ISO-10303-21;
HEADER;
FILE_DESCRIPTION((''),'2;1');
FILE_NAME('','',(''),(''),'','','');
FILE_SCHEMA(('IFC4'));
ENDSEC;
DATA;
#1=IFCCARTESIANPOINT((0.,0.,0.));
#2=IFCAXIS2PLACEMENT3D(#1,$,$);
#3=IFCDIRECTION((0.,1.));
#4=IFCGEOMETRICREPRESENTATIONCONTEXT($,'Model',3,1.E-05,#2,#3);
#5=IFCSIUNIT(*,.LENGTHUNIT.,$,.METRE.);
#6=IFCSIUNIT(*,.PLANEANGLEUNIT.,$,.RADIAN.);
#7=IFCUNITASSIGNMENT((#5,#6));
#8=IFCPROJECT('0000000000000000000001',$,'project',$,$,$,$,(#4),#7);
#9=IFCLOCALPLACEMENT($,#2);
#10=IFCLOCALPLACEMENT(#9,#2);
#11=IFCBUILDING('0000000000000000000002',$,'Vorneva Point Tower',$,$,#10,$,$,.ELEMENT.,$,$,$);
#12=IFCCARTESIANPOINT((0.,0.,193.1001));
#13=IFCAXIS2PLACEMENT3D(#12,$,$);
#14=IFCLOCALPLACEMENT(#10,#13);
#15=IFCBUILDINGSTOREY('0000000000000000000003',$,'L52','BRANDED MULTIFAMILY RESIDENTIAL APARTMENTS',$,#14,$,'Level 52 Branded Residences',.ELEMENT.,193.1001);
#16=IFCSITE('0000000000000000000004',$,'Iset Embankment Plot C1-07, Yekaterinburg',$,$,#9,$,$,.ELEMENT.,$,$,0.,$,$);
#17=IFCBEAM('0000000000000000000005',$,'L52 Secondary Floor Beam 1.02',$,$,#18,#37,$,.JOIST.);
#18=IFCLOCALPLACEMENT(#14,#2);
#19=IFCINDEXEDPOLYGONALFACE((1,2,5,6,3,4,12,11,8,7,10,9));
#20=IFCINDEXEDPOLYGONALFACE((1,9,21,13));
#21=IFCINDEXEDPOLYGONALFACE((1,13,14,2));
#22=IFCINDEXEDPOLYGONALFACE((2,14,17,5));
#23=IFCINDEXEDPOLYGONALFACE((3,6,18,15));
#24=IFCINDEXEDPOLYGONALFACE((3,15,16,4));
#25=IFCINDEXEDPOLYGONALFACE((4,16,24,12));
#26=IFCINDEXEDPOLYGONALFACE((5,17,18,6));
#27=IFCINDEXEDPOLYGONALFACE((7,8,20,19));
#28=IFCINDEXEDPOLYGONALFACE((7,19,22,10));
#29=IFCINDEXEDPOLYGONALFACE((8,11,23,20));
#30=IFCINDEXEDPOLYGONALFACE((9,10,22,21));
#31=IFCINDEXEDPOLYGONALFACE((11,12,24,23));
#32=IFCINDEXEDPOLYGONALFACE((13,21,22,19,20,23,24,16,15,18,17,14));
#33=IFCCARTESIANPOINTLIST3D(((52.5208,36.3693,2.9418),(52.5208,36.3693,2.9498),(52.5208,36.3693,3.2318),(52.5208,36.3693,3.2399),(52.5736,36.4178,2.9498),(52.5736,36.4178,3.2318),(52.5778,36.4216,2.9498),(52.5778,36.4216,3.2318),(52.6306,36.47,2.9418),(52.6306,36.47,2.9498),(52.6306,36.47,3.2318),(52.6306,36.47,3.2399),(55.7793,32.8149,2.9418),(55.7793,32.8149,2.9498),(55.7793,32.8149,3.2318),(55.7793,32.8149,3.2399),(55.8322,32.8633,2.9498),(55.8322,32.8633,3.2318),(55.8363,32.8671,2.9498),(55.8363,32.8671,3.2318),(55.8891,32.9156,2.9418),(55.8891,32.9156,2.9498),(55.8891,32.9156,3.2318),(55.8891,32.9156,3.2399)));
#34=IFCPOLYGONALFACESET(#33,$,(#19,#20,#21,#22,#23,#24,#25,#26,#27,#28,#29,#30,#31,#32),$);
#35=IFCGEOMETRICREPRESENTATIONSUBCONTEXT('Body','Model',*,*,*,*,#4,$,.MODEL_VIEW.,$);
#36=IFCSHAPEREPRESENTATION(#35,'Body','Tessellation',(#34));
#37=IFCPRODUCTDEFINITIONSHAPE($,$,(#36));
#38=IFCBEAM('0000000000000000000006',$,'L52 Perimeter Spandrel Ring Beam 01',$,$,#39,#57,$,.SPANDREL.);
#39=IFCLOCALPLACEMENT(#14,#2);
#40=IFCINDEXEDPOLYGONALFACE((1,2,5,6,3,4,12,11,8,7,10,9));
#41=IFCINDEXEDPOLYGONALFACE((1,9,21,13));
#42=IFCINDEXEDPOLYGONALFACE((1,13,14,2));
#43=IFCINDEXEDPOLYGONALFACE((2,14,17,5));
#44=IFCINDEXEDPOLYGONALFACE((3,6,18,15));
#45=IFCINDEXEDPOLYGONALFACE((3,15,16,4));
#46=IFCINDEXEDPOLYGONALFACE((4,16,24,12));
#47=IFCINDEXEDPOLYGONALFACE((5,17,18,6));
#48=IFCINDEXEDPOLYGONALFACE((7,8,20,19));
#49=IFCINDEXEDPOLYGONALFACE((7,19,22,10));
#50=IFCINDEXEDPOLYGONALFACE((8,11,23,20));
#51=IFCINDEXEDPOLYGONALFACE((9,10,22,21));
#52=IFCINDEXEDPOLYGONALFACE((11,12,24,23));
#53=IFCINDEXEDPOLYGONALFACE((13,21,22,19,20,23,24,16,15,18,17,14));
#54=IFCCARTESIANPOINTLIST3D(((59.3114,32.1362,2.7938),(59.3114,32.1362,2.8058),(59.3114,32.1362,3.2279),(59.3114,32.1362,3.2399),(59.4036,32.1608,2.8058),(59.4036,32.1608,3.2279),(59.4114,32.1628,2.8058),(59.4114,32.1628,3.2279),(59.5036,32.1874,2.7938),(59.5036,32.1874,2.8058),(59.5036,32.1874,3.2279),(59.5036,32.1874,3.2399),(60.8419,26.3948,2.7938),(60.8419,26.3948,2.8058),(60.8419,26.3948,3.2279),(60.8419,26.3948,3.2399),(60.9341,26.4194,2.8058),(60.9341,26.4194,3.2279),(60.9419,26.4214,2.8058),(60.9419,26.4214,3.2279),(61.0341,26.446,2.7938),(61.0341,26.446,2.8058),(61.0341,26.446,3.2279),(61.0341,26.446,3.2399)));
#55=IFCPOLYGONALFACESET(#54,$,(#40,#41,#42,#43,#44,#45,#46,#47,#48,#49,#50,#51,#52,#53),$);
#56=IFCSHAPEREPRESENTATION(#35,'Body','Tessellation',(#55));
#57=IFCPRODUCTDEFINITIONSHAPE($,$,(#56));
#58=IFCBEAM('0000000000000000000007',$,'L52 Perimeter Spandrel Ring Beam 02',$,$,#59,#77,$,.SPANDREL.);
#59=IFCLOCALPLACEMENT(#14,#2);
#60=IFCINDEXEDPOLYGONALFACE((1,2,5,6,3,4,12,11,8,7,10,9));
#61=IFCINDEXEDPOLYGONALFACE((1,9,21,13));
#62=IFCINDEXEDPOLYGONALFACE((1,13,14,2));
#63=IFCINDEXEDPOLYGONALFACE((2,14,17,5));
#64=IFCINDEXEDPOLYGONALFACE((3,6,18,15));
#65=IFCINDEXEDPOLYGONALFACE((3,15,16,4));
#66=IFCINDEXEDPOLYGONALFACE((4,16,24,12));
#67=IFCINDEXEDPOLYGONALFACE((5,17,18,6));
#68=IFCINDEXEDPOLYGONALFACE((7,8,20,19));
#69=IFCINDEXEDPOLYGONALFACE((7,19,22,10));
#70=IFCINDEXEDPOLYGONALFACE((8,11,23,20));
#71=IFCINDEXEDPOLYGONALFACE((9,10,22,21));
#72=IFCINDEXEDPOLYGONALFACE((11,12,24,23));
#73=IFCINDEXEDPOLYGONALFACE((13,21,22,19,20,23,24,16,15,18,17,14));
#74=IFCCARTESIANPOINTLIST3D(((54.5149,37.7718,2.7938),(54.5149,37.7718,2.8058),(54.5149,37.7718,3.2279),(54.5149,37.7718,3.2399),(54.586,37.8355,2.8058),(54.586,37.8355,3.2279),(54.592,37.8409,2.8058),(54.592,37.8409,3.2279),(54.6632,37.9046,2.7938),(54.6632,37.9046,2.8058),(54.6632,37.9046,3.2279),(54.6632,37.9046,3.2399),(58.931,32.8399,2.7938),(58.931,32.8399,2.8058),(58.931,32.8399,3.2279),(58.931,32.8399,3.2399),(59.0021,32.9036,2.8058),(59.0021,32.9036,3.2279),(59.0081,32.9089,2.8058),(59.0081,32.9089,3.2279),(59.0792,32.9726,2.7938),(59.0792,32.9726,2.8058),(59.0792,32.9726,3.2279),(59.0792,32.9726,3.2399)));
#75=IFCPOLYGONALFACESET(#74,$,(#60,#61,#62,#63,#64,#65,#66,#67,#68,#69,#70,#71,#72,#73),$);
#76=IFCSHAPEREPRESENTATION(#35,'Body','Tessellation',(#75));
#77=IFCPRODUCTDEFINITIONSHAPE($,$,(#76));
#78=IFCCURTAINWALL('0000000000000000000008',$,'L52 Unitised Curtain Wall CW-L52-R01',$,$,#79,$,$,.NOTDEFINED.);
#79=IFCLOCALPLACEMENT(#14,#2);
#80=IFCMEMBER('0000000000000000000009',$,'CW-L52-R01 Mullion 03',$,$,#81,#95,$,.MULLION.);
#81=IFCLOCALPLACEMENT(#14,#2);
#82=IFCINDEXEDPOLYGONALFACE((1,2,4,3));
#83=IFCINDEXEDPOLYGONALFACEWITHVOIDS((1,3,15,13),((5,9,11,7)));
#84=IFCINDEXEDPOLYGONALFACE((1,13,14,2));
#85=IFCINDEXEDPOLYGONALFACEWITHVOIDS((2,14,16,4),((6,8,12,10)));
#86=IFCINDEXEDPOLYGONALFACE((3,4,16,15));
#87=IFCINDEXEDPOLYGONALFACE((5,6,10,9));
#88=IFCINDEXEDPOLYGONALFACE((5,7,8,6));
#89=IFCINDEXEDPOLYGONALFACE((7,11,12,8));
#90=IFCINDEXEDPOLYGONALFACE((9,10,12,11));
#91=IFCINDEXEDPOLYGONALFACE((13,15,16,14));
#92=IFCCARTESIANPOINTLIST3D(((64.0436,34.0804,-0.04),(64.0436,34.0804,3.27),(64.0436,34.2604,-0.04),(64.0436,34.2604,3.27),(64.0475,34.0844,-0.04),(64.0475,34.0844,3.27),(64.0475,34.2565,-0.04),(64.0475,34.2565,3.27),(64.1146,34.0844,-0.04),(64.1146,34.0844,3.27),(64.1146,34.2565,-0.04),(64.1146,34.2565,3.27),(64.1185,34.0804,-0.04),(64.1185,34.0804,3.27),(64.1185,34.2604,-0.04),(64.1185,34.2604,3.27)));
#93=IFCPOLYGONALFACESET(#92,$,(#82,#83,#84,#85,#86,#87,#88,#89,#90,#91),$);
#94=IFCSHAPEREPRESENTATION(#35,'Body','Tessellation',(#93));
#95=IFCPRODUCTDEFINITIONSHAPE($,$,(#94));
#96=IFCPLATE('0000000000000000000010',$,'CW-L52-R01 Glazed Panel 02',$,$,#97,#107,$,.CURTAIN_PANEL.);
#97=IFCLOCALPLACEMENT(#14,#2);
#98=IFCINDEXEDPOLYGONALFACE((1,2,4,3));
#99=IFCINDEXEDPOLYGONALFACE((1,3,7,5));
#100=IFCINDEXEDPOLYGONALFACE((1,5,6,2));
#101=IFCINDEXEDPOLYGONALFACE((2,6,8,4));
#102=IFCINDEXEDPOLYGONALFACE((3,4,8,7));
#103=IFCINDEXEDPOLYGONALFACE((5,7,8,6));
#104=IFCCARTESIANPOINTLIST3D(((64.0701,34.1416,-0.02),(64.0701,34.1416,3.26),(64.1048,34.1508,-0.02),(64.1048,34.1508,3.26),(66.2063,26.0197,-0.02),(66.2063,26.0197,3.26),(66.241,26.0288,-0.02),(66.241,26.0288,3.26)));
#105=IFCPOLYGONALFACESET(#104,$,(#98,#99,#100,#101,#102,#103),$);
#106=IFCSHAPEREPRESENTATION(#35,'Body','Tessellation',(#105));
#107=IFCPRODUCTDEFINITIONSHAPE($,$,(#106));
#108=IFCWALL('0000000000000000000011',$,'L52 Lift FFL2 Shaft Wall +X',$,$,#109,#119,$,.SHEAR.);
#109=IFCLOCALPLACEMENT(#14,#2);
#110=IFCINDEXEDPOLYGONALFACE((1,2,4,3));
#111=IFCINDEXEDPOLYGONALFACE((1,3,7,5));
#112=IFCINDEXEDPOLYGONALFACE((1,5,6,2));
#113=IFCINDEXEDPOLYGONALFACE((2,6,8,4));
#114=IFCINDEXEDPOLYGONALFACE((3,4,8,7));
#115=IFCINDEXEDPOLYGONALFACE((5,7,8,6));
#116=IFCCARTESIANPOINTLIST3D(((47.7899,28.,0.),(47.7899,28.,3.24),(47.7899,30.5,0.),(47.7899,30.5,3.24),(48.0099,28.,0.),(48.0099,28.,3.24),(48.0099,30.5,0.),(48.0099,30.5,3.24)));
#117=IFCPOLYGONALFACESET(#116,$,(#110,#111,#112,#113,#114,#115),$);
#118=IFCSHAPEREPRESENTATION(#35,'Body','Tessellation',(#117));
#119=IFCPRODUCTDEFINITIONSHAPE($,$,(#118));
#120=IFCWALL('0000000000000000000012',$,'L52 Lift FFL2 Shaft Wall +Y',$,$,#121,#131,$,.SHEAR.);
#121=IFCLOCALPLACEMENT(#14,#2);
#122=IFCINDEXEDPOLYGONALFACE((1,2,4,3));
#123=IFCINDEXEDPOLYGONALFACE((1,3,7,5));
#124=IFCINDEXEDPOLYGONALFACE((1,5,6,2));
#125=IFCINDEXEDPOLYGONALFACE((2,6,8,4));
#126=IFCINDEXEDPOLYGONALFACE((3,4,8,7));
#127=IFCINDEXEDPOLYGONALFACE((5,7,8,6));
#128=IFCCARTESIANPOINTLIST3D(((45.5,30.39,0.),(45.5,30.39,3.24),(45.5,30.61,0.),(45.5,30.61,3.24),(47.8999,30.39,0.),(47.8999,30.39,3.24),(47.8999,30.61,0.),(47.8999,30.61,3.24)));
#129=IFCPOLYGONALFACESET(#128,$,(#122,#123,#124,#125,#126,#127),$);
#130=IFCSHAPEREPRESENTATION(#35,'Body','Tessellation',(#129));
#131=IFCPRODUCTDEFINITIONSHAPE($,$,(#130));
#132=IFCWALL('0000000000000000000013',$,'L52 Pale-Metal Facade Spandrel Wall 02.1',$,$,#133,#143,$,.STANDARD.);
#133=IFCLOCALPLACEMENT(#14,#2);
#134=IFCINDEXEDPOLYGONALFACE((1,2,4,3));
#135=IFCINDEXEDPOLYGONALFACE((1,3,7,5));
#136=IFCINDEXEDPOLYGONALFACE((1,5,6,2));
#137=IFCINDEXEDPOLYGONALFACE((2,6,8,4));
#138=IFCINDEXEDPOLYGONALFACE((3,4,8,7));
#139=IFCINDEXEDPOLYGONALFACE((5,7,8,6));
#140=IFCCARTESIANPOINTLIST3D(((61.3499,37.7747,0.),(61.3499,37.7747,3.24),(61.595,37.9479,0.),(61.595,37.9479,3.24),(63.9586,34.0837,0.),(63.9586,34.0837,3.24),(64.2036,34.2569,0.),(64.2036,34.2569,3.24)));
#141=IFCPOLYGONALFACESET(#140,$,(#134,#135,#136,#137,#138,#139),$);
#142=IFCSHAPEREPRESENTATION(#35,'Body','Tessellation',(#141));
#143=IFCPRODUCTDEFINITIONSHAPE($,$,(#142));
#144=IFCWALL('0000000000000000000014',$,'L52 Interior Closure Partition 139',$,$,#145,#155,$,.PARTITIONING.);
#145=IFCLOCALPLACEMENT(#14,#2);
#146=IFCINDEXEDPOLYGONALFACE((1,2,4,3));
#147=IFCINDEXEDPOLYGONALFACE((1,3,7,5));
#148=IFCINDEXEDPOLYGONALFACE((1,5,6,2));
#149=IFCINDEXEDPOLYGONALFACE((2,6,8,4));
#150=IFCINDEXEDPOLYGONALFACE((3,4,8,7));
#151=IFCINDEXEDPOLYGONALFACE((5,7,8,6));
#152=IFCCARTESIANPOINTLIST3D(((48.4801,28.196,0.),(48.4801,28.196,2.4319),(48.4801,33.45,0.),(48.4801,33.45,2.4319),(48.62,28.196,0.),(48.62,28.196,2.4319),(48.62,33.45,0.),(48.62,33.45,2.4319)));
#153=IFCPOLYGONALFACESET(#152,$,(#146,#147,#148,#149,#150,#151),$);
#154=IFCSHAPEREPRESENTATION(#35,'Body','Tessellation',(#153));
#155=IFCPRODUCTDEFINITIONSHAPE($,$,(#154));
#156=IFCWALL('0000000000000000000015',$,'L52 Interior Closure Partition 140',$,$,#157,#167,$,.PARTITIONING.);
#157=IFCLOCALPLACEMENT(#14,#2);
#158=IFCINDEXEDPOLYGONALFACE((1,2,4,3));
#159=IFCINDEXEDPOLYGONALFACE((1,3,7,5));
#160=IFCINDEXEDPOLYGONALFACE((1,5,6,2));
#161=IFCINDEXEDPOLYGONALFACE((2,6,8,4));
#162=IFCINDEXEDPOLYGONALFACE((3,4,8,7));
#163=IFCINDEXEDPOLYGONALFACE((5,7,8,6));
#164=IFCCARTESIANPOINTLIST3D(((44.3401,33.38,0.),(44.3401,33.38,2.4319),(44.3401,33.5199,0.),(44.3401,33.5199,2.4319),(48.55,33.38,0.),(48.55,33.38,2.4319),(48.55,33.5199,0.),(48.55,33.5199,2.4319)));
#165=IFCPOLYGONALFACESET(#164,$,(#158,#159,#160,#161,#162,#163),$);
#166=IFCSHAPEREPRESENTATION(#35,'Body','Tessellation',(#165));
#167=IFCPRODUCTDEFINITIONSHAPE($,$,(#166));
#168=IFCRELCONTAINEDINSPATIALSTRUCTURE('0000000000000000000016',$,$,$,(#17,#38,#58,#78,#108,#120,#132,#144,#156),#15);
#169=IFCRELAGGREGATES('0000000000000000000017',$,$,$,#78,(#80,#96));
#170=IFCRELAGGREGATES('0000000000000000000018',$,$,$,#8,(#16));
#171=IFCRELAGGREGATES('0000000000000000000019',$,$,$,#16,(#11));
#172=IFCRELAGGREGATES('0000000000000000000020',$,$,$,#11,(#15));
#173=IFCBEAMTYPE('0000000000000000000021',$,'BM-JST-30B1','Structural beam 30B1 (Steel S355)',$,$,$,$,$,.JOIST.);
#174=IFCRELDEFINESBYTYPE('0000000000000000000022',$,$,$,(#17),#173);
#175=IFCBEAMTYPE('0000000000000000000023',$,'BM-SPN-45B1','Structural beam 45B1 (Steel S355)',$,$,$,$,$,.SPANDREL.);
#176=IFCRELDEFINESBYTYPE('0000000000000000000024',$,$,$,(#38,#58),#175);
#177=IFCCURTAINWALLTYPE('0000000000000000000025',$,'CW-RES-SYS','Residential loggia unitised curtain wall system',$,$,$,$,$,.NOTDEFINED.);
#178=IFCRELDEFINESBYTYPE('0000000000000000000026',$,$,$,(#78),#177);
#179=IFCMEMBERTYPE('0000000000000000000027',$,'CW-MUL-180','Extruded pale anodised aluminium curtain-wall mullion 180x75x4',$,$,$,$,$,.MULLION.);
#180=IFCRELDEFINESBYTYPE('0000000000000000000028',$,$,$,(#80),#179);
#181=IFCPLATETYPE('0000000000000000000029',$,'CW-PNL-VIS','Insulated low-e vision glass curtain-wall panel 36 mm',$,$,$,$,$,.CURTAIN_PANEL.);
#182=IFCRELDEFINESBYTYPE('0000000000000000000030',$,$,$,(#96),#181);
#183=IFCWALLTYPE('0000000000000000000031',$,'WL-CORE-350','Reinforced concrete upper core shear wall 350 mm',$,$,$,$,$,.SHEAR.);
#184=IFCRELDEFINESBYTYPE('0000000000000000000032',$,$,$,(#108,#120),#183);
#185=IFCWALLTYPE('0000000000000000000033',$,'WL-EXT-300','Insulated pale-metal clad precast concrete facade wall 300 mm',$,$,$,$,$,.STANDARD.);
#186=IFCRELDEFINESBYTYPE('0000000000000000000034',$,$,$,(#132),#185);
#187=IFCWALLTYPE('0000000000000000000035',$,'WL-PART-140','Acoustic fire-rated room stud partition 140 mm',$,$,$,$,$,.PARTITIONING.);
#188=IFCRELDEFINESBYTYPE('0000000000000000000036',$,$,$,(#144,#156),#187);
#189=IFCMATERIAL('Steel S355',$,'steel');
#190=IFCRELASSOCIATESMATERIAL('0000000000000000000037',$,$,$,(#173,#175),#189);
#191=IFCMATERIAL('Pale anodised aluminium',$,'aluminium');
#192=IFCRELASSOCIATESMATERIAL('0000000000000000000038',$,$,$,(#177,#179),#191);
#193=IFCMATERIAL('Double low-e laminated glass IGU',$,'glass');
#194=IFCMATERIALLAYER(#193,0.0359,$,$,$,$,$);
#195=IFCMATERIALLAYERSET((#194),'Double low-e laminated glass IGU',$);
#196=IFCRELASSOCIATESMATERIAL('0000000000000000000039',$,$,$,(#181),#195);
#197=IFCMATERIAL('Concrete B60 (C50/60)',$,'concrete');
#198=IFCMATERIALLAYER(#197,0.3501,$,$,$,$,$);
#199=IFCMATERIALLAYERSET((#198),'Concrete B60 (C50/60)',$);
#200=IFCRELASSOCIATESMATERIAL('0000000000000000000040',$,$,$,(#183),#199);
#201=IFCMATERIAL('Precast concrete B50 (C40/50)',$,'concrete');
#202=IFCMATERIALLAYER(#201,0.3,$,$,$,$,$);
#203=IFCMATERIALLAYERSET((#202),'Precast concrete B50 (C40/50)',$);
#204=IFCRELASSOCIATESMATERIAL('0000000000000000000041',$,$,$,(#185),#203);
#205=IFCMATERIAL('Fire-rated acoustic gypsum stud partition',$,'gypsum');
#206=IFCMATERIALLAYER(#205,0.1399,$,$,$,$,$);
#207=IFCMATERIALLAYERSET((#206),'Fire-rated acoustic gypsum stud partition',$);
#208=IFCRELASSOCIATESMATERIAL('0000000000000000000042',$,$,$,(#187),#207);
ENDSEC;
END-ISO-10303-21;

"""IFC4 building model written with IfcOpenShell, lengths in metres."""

from ifc_helpers import new_model, si_unit, direction, frame, frame_2d, origin, origin_2d, place, context, subcontext, project, spatial, rectangle, hollow_rectangle, i_section, extrude, material, layer, layer_set, material_profile, profile_set, type_object, element, aggregate, save


model = new_model("IFC4")

# Units and contexts
model_context = context("Model", 3, precision=1e-05, world=origin(), true_north=direction((0.0, 1.0)))
body_context = subcontext(model_context, "Body", "Model", "MODEL_VIEW")
ifc_project = project(units=[si_unit("LENGTHUNIT", "METRE"), si_unit("PLANEANGLEUNIT", "RADIAN")], contexts=[model_context])

# Site, building, storey
site_placement = place(None, origin())
site = spatial("IfcSite", under=ifc_project, at=site_placement, Name="Iset Embankment Plot C1-07, Yekaterinburg", CompositionType="ELEMENT", RefElevation=0.0)
building_placement = place(site_placement, origin())
building = spatial("IfcBuilding", under=site, at=building_placement, Name="Vorneva Point Tower", CompositionType="ELEMENT")
storey_placement = place(building_placement, frame((0.0, 0.0, 193.1001)))
storey = spatial("IfcBuildingStorey", under=building, at=storey_placement, Name="L52", Description="BRANDED MULTIFAMILY RESIDENTIAL APARTMENTS", LongName="Level 52 Branded Residences", CompositionType="ELEMENT", Elevation=193.1001)

# Beams
ifc_material_1 = material(Name="Steel S355", Category="steel")
ifc_material_profile_1 = material_profile(ifc_material_1, i_section(OverallWidth=0.1489, OverallDepth=0.2981, WebThickness=0.0056, FlangeThickness=0.0081, at=origin_2d()), Name="30B1")
ifc_profile_set_1 = profile_set([ifc_material_profile_1], Name="Steel S355")
beam_type_1 = type_object("IfcBeamType", Name="BM-JST-30B1", Description="Structural beam 30B1 (Steel S355)", PredefinedType="JOIST", material=ifc_profile_set_1)
beam_1_placement = place(storey_placement, frame((55.8342, 32.8652, 3.0908), z_axis=(-0.675759, 0.737123, 0.0), x_axis=(-0.737123, -0.675759, 0.0)))
element("IfcBeam", 1, at=beam_1_placement, inside=storey, type_object=beam_type_1, Name="L52 Secondary Floor Beam 1.02", PredefinedType="JOIST", context=body_context, shape_type="SweptSolid", body=[
    extrude(i_section(OverallWidth=0.1489, OverallDepth=0.2981, WebThickness=0.0056, FlangeThickness=0.0081, at=origin_2d()), origin(), (0.0, 0.0, 1.0), 4.822),
])
ifc_material_profile_2 = material_profile(ifc_material_1, i_section(OverallWidth=0.199, OverallDepth=0.446, WebThickness=0.0081, FlangeThickness=0.012, at=origin_2d()), Name="45B1")
ifc_profile_set_2 = profile_set([ifc_material_profile_2], Name="Steel S355")
beam_type_2 = type_object("IfcBeamType", Name="BM-SPN-45B1", Description="Structural beam 45B1 (Steel S355)", PredefinedType="SPANDREL", material=ifc_profile_set_2)
beam_2_placement = place(storey_placement, frame((60.938, 26.4204, 3.0168), z_axis=(-0.257578, 0.966257, 0.0), x_axis=(-0.966257, -0.257578, 0.0)))
element("IfcBeam", 2, at=beam_2_placement, inside=storey, type_object=beam_type_2, Name="L52 Perimeter Spandrel Ring Beam 01", PredefinedType="SPANDREL", context=body_context, shape_type="SweptSolid", body=[
    extrude(i_section(OverallWidth=0.199, OverallDepth=0.446, WebThickness=0.0081, FlangeThickness=0.012, at=origin_2d()), origin(), (0.0, 0.0, 1.0), 5.9419),
])
beam_3_placement = place(storey_placement, frame((59.0051, 32.9062, 3.0168), z_axis=(-0.66707, 0.744995, 0.0), x_axis=(-0.744995, -0.66707, 0.0)))
element("IfcBeam", 3, at=beam_3_placement, inside=storey, type_object=beam_type_2, Name="L52 Perimeter Spandrel Ring Beam 02", PredefinedType="SPANDREL", context=body_context, shape_type="SweptSolid", body=[
    extrude(i_section(OverallWidth=0.199, OverallDepth=0.446, WebThickness=0.0081, FlangeThickness=0.012, at=origin_2d()), origin(), (0.0, 0.0, 1.0), 6.6201),
])

# Curtain wall, member, plate
ifc_material_2 = material(Name="Pale anodised aluminium", Category="aluminium")
curtain_wall_type = type_object("IfcCurtainWallType", Name="CW-RES-SYS", Description="Residential loggia unitised curtain wall system", PredefinedType="NOTDEFINED", material=ifc_material_2)
curtain_wall_placement = place(storey_placement, origin())
curtain_wall = element("IfcCurtainWall", 4, at=curtain_wall_placement, inside=storey, type_object=curtain_wall_type, Name="L52 Unitised Curtain Wall CW-L52-R01", PredefinedType="NOTDEFINED")
ifc_material_profile_3 = material_profile(ifc_material_2, hollow_rectangle(XDim=0.075, YDim=0.1799, WallThickness=0.0039, at=origin_2d()), Name="AL-MUL 180x75x4")
ifc_profile_set_3 = profile_set([ifc_material_profile_3], Name="Pale anodised aluminium")
member_type = type_object("IfcMemberType", Name="CW-MUL-180", Description="Extruded pale anodised aluminium curtain-wall mullion 180x75x4", PredefinedType="MULLION", material=ifc_profile_set_3)
member_placement = place(storey_placement, frame((64.0811, 34.1704, -0.04), z_axis=(0.0, 0.0, 1.0), x_axis=(1.0, 0.0, 0.0)))
member = element("IfcMember", 5, at=member_placement, type_object=member_type, Name="CW-L52-R01 Mullion 03", PredefinedType="MULLION", context=body_context, shape_type="SweptSolid", body=[
    extrude(hollow_rectangle(XDim=0.075, YDim=0.1799, WallThickness=0.0039, at=origin_2d()), origin(), (0.0, 0.0, 1.0), 3.3101),
])
ifc_material_3 = material(Name="Double low-e laminated glass IGU", Category="glass")
ifc_layer_1 = layer(ifc_material_3, 0.0359)
ifc_layer_set_1 = layer_set([ifc_layer_1], Name="Double low-e laminated glass IGU")
plate_type = type_object("IfcPlateType", Name="CW-PNL-VIS", Description="Insulated low-e vision glass curtain-wall panel 36 mm", PredefinedType="CURTAIN_PANEL", material=ifc_layer_set_1)
plate_placement = place(storey_placement, frame((65.1555, 30.0852, -0.02), z_axis=(0.0, 0.0, 1.0), x_axis=(-0.254366, 0.967108, 0.0)))
plate = element("IfcPlate", 6, at=plate_placement, type_object=plate_type, Name="CW-L52-R01 Glazed Panel 02", PredefinedType="CURTAIN_PANEL", context=body_context, shape_type="SweptSolid", body=[
    extrude(rectangle(XDim=8.3982, YDim=0.0359, at=origin_2d()), origin(), (0.0, 0.0, 1.0), 3.28),
])
aggregate(curtain_wall, [member, plate])

# Walls
ifc_material_4 = material(Name="Concrete B60 (C50/60)", Category="concrete")
ifc_layer_2 = layer(ifc_material_4, 0.3501)
ifc_layer_set_2 = layer_set([ifc_layer_2], Name="Concrete B60 (C50/60)")
wall_type_1 = type_object("IfcWallType", Name="WL-CORE-350", Description="Reinforced concrete upper core shear wall 350 mm", PredefinedType="SHEAR", material=ifc_layer_set_2)
wall_1_placement = place(storey_placement, frame((47.8999, 28.0, 0.0), z_axis=(0.0, 0.0, 1.0), x_axis=(0.0, 1.0, 0.0)))
element("IfcWall", 7, at=wall_1_placement, inside=storey, type_object=wall_type_1, Name="L52 Lift FFL2 Shaft Wall +X", PredefinedType="SHEAR", context=body_context, shape_type="SweptSolid", body=[
    extrude(rectangle(XDim=2.5, YDim=0.22, at=frame_2d((1.25, 0.0))), origin(), (0.0, 0.0, 1.0), 3.24),
])
wall_2_placement = place(storey_placement, frame((47.8999, 30.5, 0.0), z_axis=(0.0, 0.0, 1.0), x_axis=(-1.0, 0.0, 0.0)))
element("IfcWall", 8, at=wall_2_placement, inside=storey, type_object=wall_type_1, Name="L52 Lift FFL2 Shaft Wall +Y", PredefinedType="SHEAR", context=body_context, shape_type="SweptSolid", body=[
    extrude(rectangle(XDim=2.3999, YDim=0.22, at=frame_2d((1.2, 0.0))), origin(), (0.0, 0.0, 1.0), 3.24),
])
ifc_material_5 = material(Name="Precast concrete B50 (C40/50)", Category="concrete")
ifc_layer_3 = layer(ifc_material_5, 0.3)
ifc_layer_set_3 = layer_set([ifc_layer_3], Name="Precast concrete B50 (C40/50)")
wall_type_2 = type_object("IfcWallType", Name="WL-EXT-300", Description="Insulated pale-metal clad precast concrete facade wall 300 mm", PredefinedType="STANDARD", material=ifc_layer_set_3)
wall_3_placement = place(storey_placement, frame((64.0811, 34.1704, 0.0), z_axis=(0.0, 0.0, 1.0), x_axis=(-0.577169, 0.816625, 0.0)))
element("IfcWall", 9, at=wall_3_placement, inside=storey, type_object=wall_type_2, Name="L52 Pale-Metal Facade Spandrel Wall 02.1", PredefinedType="STANDARD", context=body_context, shape_type="SweptSolid", body=[
    extrude(rectangle(XDim=4.5198, YDim=0.3, at=frame_2d((2.2598, 0.0))), origin(), (0.0, 0.0, 1.0), 3.24),
])
ifc_material_6 = material(Name="Fire-rated acoustic gypsum stud partition", Category="gypsum")
ifc_layer_4 = layer(ifc_material_6, 0.1399)
ifc_layer_set_4 = layer_set([ifc_layer_4], Name="Fire-rated acoustic gypsum stud partition")
wall_type_3 = type_object("IfcWallType", Name="WL-PART-140", Description="Acoustic fire-rated room stud partition 140 mm", PredefinedType="PARTITIONING", material=ifc_layer_set_4)
wall_4_placement = place(storey_placement, frame((48.55, 28.196, 0.0), z_axis=(0.0, 0.0, 1.0), x_axis=(0.0, 1.0, 0.0)))
element("IfcWall", 10, at=wall_4_placement, inside=storey, type_object=wall_type_3, Name="L52 Interior Closure Partition 139", PredefinedType="PARTITIONING", context=body_context, shape_type="SweptSolid", body=[
    extrude(rectangle(XDim=5.2539, YDim=0.1399, at=frame_2d((2.627, 0.0))), origin(), (0.0, 0.0, 1.0), 2.4319),
])
wall_5_placement = place(storey_placement, frame((48.55, 33.45, 0.0), z_axis=(0.0, 0.0, 1.0), x_axis=(-1.0, 0.0, 0.0)))
element("IfcWall", 11, at=wall_5_placement, inside=storey, type_object=wall_type_3, Name="L52 Interior Closure Partition 140", PredefinedType="PARTITIONING", context=body_context, shape_type="SweptSolid", body=[
    extrude(rectangle(XDim=4.21, YDim=0.1399, at=frame_2d((2.105, 0.0))), origin(), (0.0, 0.0, 1.0), 2.4319),
])

save(model, "model.ifc")
